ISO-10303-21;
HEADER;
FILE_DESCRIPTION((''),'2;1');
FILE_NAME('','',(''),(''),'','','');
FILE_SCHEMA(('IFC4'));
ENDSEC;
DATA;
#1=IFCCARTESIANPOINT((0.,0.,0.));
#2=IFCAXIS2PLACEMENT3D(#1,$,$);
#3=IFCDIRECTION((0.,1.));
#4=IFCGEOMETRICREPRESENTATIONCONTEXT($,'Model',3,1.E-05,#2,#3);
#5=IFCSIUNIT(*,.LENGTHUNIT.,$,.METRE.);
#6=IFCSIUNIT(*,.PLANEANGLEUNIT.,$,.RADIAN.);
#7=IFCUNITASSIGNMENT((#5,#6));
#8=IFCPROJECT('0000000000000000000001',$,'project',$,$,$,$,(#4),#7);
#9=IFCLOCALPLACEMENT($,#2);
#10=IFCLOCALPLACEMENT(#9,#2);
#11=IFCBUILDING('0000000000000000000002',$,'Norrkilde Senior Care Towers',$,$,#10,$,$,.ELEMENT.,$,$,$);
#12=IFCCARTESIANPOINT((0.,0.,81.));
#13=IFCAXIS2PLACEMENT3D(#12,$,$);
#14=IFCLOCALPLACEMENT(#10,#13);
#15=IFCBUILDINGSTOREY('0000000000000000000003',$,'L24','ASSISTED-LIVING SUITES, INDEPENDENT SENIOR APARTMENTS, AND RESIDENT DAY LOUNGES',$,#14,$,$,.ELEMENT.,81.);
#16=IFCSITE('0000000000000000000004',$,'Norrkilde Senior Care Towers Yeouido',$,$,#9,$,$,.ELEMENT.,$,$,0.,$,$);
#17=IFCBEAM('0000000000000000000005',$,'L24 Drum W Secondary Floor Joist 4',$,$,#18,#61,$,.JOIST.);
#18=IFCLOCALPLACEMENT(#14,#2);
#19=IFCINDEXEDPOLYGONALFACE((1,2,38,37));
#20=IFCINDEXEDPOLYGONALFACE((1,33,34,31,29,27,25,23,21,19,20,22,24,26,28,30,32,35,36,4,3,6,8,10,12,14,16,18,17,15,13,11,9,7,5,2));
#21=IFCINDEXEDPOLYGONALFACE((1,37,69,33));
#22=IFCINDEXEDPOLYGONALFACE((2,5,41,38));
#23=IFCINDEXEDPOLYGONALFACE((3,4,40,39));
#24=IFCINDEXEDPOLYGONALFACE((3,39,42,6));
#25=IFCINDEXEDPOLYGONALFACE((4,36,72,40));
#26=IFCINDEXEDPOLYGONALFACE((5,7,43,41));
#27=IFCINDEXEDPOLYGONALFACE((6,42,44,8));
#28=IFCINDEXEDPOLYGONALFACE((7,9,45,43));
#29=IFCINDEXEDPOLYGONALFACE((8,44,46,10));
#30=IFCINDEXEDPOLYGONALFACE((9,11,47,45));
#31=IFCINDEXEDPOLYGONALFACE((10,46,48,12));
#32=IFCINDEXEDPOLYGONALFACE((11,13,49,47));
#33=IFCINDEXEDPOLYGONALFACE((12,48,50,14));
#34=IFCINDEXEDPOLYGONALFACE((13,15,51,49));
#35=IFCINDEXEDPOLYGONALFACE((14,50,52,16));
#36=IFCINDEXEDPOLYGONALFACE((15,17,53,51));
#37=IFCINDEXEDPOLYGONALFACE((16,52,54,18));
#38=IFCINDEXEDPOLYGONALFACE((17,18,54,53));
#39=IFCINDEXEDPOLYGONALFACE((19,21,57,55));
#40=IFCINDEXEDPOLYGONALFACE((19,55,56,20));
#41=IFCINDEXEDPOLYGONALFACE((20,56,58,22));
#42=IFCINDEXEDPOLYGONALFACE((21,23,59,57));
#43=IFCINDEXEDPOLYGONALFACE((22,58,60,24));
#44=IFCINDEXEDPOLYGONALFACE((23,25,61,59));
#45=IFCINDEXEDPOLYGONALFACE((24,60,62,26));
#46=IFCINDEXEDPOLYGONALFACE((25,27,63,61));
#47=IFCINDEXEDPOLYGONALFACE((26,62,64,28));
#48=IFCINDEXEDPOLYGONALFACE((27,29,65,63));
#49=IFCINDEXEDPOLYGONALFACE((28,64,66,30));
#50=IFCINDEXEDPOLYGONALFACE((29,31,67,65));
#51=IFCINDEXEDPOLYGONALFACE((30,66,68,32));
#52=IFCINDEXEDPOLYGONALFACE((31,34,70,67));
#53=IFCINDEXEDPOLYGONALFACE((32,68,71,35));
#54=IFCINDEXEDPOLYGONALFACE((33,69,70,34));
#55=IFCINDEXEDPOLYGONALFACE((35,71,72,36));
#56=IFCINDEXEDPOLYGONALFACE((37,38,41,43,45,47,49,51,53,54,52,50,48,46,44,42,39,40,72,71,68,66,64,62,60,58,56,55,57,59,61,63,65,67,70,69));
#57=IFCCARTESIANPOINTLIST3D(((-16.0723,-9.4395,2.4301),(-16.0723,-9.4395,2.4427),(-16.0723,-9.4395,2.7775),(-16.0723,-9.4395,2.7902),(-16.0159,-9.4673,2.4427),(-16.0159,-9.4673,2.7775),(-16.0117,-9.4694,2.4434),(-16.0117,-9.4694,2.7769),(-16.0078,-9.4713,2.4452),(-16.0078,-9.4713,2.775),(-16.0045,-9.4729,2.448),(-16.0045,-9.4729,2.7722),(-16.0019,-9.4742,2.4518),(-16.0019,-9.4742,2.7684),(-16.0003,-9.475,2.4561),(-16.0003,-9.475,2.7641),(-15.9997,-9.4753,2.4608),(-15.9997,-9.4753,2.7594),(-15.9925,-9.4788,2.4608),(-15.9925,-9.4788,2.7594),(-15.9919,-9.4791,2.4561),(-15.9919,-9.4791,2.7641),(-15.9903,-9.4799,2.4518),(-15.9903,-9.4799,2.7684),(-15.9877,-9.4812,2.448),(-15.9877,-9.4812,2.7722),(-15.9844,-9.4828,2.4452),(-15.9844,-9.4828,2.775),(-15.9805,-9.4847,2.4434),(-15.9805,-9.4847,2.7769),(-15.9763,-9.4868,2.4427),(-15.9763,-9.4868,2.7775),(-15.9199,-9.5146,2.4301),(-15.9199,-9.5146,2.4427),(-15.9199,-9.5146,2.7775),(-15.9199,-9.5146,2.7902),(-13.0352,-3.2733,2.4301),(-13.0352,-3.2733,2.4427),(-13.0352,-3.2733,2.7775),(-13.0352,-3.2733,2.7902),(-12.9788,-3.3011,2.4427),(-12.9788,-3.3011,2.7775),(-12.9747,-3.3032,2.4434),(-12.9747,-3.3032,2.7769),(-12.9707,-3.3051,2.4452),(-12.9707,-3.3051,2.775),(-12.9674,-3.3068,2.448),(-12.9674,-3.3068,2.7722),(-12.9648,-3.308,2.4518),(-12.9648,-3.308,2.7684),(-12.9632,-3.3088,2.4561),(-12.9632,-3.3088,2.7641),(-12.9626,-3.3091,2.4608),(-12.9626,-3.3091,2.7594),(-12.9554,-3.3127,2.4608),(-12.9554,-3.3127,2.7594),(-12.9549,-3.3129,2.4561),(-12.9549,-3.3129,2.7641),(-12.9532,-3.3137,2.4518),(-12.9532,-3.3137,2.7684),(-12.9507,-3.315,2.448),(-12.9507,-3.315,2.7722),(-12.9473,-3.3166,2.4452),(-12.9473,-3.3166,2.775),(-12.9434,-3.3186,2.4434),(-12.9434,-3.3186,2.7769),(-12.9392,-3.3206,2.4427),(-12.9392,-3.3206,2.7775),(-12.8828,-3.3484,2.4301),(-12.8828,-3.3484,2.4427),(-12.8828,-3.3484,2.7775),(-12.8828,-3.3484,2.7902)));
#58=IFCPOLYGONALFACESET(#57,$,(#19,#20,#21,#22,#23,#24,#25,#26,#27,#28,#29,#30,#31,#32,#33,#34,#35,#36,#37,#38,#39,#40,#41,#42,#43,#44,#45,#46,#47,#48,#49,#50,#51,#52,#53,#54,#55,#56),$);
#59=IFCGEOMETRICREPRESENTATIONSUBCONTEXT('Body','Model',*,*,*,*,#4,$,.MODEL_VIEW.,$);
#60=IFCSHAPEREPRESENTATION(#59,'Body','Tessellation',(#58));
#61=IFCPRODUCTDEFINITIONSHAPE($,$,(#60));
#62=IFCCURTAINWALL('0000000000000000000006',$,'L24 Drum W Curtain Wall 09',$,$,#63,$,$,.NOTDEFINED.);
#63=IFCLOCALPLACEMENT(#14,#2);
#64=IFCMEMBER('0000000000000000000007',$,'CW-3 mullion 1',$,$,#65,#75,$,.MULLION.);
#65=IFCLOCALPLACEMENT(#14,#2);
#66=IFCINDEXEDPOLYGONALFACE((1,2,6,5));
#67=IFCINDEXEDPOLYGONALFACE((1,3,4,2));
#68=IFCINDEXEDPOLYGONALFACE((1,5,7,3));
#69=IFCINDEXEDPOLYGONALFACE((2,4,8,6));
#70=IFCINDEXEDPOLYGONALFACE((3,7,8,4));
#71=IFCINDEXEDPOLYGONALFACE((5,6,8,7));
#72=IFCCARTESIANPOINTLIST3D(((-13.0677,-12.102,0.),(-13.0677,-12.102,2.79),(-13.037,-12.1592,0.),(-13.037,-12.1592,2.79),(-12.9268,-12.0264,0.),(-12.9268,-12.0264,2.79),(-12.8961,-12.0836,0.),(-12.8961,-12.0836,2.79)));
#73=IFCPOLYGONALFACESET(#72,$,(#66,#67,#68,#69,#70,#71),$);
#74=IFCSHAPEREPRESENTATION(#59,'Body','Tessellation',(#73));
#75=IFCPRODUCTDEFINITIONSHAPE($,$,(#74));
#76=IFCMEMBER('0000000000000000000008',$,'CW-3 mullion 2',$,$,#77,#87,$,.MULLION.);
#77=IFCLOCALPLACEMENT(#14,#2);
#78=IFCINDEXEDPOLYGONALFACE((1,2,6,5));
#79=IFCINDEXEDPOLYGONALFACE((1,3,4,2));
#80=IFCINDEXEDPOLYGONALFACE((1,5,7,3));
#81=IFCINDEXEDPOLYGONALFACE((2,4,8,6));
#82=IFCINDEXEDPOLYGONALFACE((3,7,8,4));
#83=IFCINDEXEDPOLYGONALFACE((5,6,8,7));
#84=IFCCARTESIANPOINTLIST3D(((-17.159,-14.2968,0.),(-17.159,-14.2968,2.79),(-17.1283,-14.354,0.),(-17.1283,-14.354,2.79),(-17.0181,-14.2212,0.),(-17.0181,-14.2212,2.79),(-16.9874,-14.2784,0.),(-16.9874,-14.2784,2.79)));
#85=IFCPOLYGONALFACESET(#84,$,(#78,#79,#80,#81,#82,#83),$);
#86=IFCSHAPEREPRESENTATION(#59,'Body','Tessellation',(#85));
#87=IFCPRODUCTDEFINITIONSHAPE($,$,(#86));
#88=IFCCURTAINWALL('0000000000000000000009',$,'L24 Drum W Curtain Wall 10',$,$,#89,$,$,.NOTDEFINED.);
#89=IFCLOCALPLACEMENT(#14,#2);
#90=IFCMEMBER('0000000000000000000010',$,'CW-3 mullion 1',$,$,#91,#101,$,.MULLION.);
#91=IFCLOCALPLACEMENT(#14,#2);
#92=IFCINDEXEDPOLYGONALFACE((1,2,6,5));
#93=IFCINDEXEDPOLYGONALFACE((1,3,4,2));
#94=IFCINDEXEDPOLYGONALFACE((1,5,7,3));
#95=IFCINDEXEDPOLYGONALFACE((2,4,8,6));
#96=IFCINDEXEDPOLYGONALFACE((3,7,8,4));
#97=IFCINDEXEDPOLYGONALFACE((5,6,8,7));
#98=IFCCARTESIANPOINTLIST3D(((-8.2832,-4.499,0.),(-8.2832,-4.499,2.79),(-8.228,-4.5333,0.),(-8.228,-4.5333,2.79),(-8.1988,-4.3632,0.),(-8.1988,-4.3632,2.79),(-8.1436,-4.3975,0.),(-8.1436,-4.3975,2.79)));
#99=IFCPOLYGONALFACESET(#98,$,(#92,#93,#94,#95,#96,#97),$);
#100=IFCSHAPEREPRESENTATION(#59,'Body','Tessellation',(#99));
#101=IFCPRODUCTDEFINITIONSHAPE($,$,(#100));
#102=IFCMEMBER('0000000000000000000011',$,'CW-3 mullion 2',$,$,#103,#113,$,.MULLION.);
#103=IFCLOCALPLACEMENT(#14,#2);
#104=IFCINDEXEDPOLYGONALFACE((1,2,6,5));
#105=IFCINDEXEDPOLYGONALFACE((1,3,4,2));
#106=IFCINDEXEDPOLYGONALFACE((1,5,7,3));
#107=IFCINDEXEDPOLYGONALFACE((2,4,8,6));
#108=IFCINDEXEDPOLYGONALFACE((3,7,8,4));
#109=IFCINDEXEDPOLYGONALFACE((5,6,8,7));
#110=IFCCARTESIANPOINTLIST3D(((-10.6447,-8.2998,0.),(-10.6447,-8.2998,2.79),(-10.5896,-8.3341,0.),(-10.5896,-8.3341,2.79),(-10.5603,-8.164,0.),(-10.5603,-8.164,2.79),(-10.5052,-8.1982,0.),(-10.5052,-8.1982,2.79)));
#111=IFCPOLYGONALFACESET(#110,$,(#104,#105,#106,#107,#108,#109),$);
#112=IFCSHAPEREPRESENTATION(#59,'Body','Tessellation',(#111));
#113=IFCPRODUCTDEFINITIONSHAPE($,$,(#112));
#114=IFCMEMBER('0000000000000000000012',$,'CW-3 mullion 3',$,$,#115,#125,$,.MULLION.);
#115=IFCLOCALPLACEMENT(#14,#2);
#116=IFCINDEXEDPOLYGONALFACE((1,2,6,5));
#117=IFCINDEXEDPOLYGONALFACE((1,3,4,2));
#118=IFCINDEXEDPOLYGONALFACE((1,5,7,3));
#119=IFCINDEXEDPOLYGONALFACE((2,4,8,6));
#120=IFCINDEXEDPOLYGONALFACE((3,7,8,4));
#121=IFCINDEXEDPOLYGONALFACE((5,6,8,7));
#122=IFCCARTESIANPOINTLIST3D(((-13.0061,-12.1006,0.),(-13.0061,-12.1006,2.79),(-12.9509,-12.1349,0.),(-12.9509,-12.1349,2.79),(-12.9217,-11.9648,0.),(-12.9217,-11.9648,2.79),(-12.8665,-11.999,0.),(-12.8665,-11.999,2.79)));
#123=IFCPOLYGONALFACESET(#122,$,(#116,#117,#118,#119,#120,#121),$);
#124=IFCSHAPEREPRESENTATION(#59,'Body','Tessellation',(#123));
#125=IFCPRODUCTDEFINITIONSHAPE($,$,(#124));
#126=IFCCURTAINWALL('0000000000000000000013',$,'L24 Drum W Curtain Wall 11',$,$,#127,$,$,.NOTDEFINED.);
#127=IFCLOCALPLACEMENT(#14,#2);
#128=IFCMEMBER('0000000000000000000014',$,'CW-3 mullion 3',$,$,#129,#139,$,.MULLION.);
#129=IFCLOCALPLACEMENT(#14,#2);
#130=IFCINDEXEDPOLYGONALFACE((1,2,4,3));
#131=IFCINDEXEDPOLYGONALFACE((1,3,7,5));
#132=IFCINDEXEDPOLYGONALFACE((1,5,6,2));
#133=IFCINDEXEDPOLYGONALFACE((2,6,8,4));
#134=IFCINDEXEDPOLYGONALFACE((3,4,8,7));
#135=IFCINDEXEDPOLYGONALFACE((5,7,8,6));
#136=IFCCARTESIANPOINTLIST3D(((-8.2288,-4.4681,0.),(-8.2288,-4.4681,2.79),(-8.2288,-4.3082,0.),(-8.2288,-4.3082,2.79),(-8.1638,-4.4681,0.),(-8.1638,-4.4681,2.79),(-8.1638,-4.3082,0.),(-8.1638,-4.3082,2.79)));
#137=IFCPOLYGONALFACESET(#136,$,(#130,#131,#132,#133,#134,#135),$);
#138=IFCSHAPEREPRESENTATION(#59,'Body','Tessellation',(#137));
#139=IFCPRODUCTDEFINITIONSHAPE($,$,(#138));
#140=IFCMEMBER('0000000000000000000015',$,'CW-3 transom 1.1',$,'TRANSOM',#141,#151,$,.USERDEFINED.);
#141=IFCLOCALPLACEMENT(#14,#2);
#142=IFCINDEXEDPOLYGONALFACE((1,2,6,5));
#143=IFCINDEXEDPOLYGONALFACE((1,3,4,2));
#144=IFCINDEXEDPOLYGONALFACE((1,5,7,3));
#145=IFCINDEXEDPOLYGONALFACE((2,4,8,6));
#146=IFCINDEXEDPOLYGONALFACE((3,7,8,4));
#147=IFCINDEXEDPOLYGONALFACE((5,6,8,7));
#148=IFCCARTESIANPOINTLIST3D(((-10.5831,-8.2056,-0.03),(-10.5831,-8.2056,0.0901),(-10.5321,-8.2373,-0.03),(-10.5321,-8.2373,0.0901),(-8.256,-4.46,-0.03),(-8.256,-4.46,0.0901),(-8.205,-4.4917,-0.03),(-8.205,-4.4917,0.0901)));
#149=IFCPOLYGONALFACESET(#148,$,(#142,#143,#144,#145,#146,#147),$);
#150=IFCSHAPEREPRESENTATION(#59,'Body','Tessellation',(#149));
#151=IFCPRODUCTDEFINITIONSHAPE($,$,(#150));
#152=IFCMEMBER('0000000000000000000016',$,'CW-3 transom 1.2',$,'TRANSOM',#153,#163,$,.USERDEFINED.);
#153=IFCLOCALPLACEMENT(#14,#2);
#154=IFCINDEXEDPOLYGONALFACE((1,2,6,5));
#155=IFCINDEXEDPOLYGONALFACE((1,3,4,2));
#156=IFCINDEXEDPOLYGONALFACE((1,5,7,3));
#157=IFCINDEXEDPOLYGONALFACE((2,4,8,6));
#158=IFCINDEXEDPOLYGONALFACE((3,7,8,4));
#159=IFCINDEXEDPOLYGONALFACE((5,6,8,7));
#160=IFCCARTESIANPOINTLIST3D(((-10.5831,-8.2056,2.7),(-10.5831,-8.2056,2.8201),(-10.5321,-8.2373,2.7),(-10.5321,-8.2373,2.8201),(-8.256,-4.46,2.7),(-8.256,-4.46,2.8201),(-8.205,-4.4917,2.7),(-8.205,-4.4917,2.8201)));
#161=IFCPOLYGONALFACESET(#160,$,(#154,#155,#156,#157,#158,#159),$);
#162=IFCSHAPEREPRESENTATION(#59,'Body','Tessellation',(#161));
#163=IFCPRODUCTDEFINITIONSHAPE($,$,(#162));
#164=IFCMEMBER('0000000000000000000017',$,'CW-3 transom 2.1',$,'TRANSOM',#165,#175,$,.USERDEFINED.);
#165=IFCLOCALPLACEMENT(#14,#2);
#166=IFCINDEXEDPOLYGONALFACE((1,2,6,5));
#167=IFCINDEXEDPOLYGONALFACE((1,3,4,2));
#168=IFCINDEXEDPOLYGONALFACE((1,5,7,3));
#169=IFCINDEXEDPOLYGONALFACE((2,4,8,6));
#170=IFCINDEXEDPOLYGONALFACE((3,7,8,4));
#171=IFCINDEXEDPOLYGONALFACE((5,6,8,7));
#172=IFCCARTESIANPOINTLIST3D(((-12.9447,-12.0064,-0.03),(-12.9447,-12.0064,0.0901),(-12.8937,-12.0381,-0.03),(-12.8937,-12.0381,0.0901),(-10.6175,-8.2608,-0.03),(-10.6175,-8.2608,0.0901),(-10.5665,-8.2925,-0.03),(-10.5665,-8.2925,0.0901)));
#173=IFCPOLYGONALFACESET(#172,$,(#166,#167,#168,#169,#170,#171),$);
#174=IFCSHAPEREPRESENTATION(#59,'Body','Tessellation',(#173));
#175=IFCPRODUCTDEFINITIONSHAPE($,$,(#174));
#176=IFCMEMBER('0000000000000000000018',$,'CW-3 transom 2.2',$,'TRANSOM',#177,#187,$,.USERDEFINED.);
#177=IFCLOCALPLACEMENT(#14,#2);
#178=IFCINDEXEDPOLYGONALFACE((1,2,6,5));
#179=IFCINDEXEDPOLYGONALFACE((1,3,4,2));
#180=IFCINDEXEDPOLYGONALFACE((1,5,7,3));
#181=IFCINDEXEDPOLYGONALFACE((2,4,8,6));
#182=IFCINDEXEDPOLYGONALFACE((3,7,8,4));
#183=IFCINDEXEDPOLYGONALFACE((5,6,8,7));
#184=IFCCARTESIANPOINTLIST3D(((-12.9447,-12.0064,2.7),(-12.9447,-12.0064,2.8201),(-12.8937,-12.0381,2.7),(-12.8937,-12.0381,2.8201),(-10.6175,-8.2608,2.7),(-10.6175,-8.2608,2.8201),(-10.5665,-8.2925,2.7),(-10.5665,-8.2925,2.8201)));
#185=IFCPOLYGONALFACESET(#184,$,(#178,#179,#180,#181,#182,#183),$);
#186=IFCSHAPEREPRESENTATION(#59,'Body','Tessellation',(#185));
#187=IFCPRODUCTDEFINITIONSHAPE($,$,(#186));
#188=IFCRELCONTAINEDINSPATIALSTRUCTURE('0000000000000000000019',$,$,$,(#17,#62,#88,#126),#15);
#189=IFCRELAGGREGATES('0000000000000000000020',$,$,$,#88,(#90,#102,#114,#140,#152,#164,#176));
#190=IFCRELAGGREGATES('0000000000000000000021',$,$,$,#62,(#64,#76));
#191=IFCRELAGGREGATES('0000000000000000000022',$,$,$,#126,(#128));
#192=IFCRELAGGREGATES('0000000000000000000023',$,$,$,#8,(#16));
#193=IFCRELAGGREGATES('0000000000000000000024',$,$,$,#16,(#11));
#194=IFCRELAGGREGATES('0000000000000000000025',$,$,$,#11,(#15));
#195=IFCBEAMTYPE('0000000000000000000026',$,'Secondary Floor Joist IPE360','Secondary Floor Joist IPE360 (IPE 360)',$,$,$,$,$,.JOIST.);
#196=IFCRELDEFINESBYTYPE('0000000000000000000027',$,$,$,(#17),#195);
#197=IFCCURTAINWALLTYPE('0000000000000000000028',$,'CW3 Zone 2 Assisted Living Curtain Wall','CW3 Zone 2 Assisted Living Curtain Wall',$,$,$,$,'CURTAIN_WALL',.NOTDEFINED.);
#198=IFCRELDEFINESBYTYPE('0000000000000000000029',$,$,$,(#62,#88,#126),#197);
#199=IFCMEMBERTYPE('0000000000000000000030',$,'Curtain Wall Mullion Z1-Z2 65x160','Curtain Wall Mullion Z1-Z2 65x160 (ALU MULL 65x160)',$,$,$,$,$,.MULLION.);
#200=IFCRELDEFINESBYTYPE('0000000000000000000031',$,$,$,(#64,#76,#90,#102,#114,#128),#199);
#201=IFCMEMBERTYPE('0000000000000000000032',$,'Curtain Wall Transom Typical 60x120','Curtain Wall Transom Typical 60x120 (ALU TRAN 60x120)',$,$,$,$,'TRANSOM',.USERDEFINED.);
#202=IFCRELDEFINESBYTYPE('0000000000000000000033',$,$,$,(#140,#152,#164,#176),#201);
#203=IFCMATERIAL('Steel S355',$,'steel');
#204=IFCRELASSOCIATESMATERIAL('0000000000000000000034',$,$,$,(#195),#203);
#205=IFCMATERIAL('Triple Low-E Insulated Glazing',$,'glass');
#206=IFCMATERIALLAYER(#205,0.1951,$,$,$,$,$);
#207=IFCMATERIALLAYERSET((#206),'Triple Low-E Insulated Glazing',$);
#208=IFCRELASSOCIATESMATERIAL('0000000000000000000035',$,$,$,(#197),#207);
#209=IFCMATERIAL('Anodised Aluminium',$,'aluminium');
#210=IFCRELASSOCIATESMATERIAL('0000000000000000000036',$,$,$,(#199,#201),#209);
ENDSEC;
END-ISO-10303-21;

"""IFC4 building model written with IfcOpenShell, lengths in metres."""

from ifc_helpers import new_model, si_unit, direction, frame, origin, origin_2d, place, context, subcontext, project, spatial, rectangle, i_section, extrude, source, transform, mapped, material, layer, layer_set, material_profile, profile_set, type_object, type_shapes, element, aggregate, save


model = new_model("IFC4")

# Units and contexts
model_context = context("Model", 3, precision=1e-05, world=origin(), true_north=direction((0.0, 1.0)))
body_context = subcontext(model_context, "Body", "Model", "MODEL_VIEW")
ifc_project = project(units=[si_unit("LENGTHUNIT", "METRE"), si_unit("PLANEANGLEUNIT", "RADIAN")], contexts=[model_context])

# Site, building, storey
site_placement = place(None, origin())
site = spatial("IfcSite", under=ifc_project, at=site_placement, Name="Norrkilde Senior Care Towers Yeouido", CompositionType="ELEMENT", RefElevation=0.0)
building_placement = place(site_placement, origin())
building = spatial("IfcBuilding", under=site, at=building_placement, Name="Norrkilde Senior Care Towers", CompositionType="ELEMENT")
storey_placement = place(building_placement, frame((0.0, 0.0, 81.0)))
storey = spatial("IfcBuildingStorey", under=building, at=storey_placement, Name="L24", Description="ASSISTED-LIVING SUITES, INDEPENDENT SENIOR APARTMENTS, AND RESIDENT DAY LOUNGES", CompositionType="ELEMENT", Elevation=81.0)

# Beam
ifc_material_1 = material(Name="Steel S355", Category="steel")
ifc_material_profile_1 = material_profile(ifc_material_1, i_section(OverallWidth=0.1699, OverallDepth=0.3601, WebThickness=0.0081, FlangeThickness=0.0127, FilletRadius=0.0181, at=origin_2d()), Name="IPE 360")
ifc_profile_set_1 = profile_set([ifc_material_profile_1], Name="Steel S355")
beam_type_1 = type_object("IfcBeamType", Name="Secondary Floor Joist IPE360", Description="Secondary Floor Joist IPE360 (IPE 360)", PredefinedType="JOIST", material=ifc_profile_set_1)
shared_shape_1 = source(origin(), body_context, "Body", "SweptSolid", [
    extrude(i_section(OverallWidth=0.1699, OverallDepth=0.3601, WebThickness=0.0081, FlangeThickness=0.0127, FilletRadius=0.0181, at=origin_2d()), origin(), (0.0, 0.0, 1.0), 6.8735),
])
type_shapes(beam_type_1, [shared_shape_1])
beam_1_placement = place(storey_placement, frame((-15.9961, -9.4771, 2.6101), z_axis=(0.441849, 0.897089, 0.0), x_axis=(-0.897089, 0.441849, 0.0)))
element("IfcBeam", 1, at=beam_1_placement, inside=storey, type_object=beam_type_1, Name="L24 Drum W Secondary Floor Joist 4", PredefinedType="JOIST", context=body_context, shape_type="MappedRepresentation", body=[
    mapped(shared_shape_1, transform((0.0, 0.0, 0.0), x_axis=(1.0, 0.0, 0.0), y_axis=(0.0, 1.0, 0.0), z_axis=(0.0, 0.0, 1.0), scale=1.0)),
])

# Curtain walls, members
ifc_material_2 = material(Name="Triple Low-E Insulated Glazing", Category="glass")
ifc_layer_1 = layer(ifc_material_2, 0.1951)
ifc_layer_set_1 = layer_set([ifc_layer_1], Name="Triple Low-E Insulated Glazing")
curtain_wall_type = type_object("IfcCurtainWallType", Name="CW3 Zone 2 Assisted Living Curtain Wall", Description="CW3 Zone 2 Assisted Living Curtain Wall", ElementType="CURTAIN_WALL", PredefinedType="NOTDEFINED", material=ifc_layer_set_1)
curtain_wall_1_placement = place(storey_placement, origin())
curtain_wall_1 = element("IfcCurtainWall", 2, at=curtain_wall_1_placement, inside=storey, type_object=curtain_wall_type, Name="L24 Drum W Curtain Wall 09", PredefinedType="NOTDEFINED")
ifc_material_3 = material(Name="Anodised Aluminium", Category="aluminium")
ifc_material_profile_2 = material_profile(ifc_material_3, rectangle(XDim=0.0649, YDim=0.1599, at=origin_2d()), Name="ALU MULL 65x160")
ifc_profile_set_2 = profile_set([ifc_material_profile_2], Name="Anodised Aluminium")
member_type_1 = type_object("IfcMemberType", Name="Curtain Wall Mullion Z1-Z2 65x160", Description="Curtain Wall Mullion Z1-Z2 65x160 (ALU MULL 65x160)", PredefinedType="MULLION", material=ifc_profile_set_2)
shared_shape_2 = source(origin(), body_context, "Body", "SweptSolid", [
    extrude(rectangle(XDim=0.0649, YDim=0.1599, at=origin_2d()), origin(), (0.0, 0.0, 1.0), 2.79),
])
type_shapes(member_type_1, [shared_shape_2])
member_1_placement = place(storey_placement, frame((-12.9819, -12.0928, 0.0), z_axis=(0.0, 0.0, 1.0), x_axis=(0.472769, -0.881186, 0.0)))
member_1 = element("IfcMember", 3, at=member_1_placement, type_object=member_type_1, Name="CW-3 mullion 1", PredefinedType="MULLION", context=body_context, shape_type="MappedRepresentation", body=[
    mapped(shared_shape_2, transform((0.0, 0.0, 0.0), x_axis=(1.0, 0.0, 0.0), y_axis=(0.0, 1.0, 0.0), z_axis=(0.0, 0.0, 1.0), scale=1.0)),
])
member_2_placement = place(storey_placement, frame((-17.0732, -14.2876, 0.0), z_axis=(0.0, 0.0, 1.0), x_axis=(0.472769, -0.881186, 0.0)))
member_2 = element("IfcMember", 4, at=member_2_placement, type_object=member_type_1, Name="CW-3 mullion 2", PredefinedType="MULLION", context=body_context, shape_type="MappedRepresentation", body=[
    mapped(shared_shape_2, transform((0.0, 0.0, 0.0), x_axis=(1.0, 0.0, 0.0), y_axis=(0.0, 1.0, 0.0), z_axis=(0.0, 0.0, 1.0), scale=1.0)),
])
curtain_wall_2_placement = place(storey_placement, origin())
curtain_wall_2 = element("IfcCurtainWall", 5, at=curtain_wall_2_placement, inside=storey, type_object=curtain_wall_type, Name="L24 Drum W Curtain Wall 10", PredefinedType="NOTDEFINED")
member_3_placement = place(storey_placement, frame((-8.2134, -4.4482, 0.0), z_axis=(0.0, 0.0, 1.0), x_axis=(0.84941, -0.527733, 0.0)))
member_3 = element("IfcMember", 6, at=member_3_placement, type_object=member_type_1, Name="CW-3 mullion 1", PredefinedType="MULLION", context=body_context, shape_type="MappedRepresentation", body=[
    mapped(shared_shape_2, transform((0.0, 0.0, 0.0), x_axis=(1.0, 0.0, 0.0), y_axis=(0.0, 1.0, 0.0), z_axis=(0.0, 0.0, 1.0), scale=1.0)),
])
member_4_placement = place(storey_placement, frame((-10.575, -8.249, 0.0), z_axis=(0.0, 0.0, 1.0), x_axis=(0.84941, -0.527733, 0.0)))
member_4 = element("IfcMember", 7, at=member_4_placement, type_object=member_type_1, Name="CW-3 mullion 2", PredefinedType="MULLION", context=body_context, shape_type="MappedRepresentation", body=[
    mapped(shared_shape_2, transform((0.0, 0.0, 0.0), x_axis=(1.0, 0.0, 0.0), y_axis=(0.0, 1.0, 0.0), z_axis=(0.0, 0.0, 1.0), scale=1.0)),
])
member_5_placement = place(storey_placement, frame((-12.9363, -12.0498, 0.0), z_axis=(0.0, 0.0, 1.0), x_axis=(0.84941, -0.527733, 0.0)))
member_5 = element("IfcMember", 8, at=member_5_placement, type_object=member_type_1, Name="CW-3 mullion 3", PredefinedType="MULLION", context=body_context, shape_type="MappedRepresentation", body=[
    mapped(shared_shape_2, transform((0.0, 0.0, 0.0), x_axis=(1.0, 0.0, 0.0), y_axis=(0.0, 1.0, 0.0), z_axis=(0.0, 0.0, 1.0), scale=1.0)),
])

# Curtain wall, member
curtain_wall_3_placement = place(storey_placement, origin())
curtain_wall_3 = element("IfcCurtainWall", 9, at=curtain_wall_3_placement, inside=storey, type_object=curtain_wall_type, Name="L24 Drum W Curtain Wall 11", PredefinedType="NOTDEFINED")
member_6_placement = place(storey_placement, frame((-8.1963, -4.3882, 0.0), z_axis=(0.0, 0.0, 1.0), x_axis=(1.0, 0.0, 0.0)))
member_6 = element("IfcMember", 10, at=member_6_placement, type_object=member_type_1, Name="CW-3 mullion 3", PredefinedType="MULLION", context=body_context, shape_type="MappedRepresentation", body=[
    mapped(shared_shape_2, transform((0.0, 0.0, 0.0), x_axis=(1.0, 0.0, 0.0), y_axis=(0.0, 1.0, 0.0), z_axis=(0.0, 0.0, 1.0), scale=1.0)),
])

# Members
ifc_material_profile_3 = material_profile(ifc_material_3, rectangle(XDim=0.0601, YDim=0.1201, at=origin_2d()), Name="ALU TRAN 60x120")
ifc_profile_set_3 = profile_set([ifc_material_profile_3], Name="Anodised Aluminium")
member_type_2 = type_object("IfcMemberType", Name="Curtain Wall Transom Typical 60x120", Description="Curtain Wall Transom Typical 60x120 (ALU TRAN 60x120)", ElementType="TRANSOM", PredefinedType="USERDEFINED", material=ifc_profile_set_3)
shared_shape_3 = source(origin(), body_context, "Body", "SweptSolid", [
    extrude(rectangle(XDim=0.0601, YDim=0.1201, at=origin_2d()), origin(), (0.0, 0.0, 1.0), 4.4097),
])
member_7_placement = place(storey_placement, frame((-8.2305, -4.4758, 0.03), z_axis=(-0.527738, -0.849407, 0.0), x_axis=(0.849407, -0.527738, 0.0)))
member_7 = element("IfcMember", 11, at=member_7_placement, type_object=member_type_2, Name="CW-3 transom 1.1", ObjectType="TRANSOM", PredefinedType="USERDEFINED", context=body_context, shape_type="MappedRepresentation", body=[
    mapped(shared_shape_3, transform((0.0, 0.0, 0.0), x_axis=(1.0, 0.0, 0.0), y_axis=(0.0, 1.0, 0.0), z_axis=(0.0, 0.0, 1.0), scale=1.0)),
])
member_8_placement = place(storey_placement, frame((-8.2305, -4.4758, 2.76), z_axis=(-0.527738, -0.849407, 0.0), x_axis=(0.849407, -0.527738, 0.0)))
member_8 = element("IfcMember", 12, at=member_8_placement, type_object=member_type_2, Name="CW-3 transom 1.2", ObjectType="TRANSOM", PredefinedType="USERDEFINED", context=body_context, shape_type="MappedRepresentation", body=[
    mapped(shared_shape_3, transform((0.0, 0.0, 0.0), x_axis=(1.0, 0.0, 0.0), y_axis=(0.0, 1.0, 0.0), z_axis=(0.0, 0.0, 1.0), scale=1.0)),
])
member_9_placement = place(storey_placement, frame((-10.592, -8.2766, 0.03), z_axis=(-0.527738, -0.849407, 0.0), x_axis=(0.849407, -0.527738, 0.0)))
member_9 = element("IfcMember", 13, at=member_9_placement, type_object=member_type_2, Name="CW-3 transom 2.1", ObjectType="TRANSOM", PredefinedType="USERDEFINED", context=body_context, shape_type="MappedRepresentation", body=[
    mapped(shared_shape_3, transform((0.0, 0.0, 0.0), x_axis=(1.0, 0.0, 0.0), y_axis=(0.0, 1.0, 0.0), z_axis=(0.0, 0.0, 1.0), scale=1.0)),
])
member_10_placement = place(storey_placement, frame((-10.592, -8.2766, 2.76), z_axis=(-0.527738, -0.849407, 0.0), x_axis=(0.849407, -0.527738, 0.0)))
member_10 = element("IfcMember", 14, at=member_10_placement, type_object=member_type_2, Name="CW-3 transom 2.2", ObjectType="TRANSOM", PredefinedType="USERDEFINED", context=body_context, shape_type="MappedRepresentation", body=[
    mapped(shared_shape_3, transform((0.0, 0.0, 0.0), x_axis=(1.0, 0.0, 0.0), y_axis=(0.0, 1.0, 0.0), z_axis=(0.0, 0.0, 1.0), scale=1.0)),
])

aggregate(curtain_wall_2, [member_3, member_4, member_5, member_7, member_8, member_9, member_10])
aggregate(curtain_wall_1, [member_1, member_2])
aggregate(curtain_wall_3, [member_6])

save(model, "model.ifc")
